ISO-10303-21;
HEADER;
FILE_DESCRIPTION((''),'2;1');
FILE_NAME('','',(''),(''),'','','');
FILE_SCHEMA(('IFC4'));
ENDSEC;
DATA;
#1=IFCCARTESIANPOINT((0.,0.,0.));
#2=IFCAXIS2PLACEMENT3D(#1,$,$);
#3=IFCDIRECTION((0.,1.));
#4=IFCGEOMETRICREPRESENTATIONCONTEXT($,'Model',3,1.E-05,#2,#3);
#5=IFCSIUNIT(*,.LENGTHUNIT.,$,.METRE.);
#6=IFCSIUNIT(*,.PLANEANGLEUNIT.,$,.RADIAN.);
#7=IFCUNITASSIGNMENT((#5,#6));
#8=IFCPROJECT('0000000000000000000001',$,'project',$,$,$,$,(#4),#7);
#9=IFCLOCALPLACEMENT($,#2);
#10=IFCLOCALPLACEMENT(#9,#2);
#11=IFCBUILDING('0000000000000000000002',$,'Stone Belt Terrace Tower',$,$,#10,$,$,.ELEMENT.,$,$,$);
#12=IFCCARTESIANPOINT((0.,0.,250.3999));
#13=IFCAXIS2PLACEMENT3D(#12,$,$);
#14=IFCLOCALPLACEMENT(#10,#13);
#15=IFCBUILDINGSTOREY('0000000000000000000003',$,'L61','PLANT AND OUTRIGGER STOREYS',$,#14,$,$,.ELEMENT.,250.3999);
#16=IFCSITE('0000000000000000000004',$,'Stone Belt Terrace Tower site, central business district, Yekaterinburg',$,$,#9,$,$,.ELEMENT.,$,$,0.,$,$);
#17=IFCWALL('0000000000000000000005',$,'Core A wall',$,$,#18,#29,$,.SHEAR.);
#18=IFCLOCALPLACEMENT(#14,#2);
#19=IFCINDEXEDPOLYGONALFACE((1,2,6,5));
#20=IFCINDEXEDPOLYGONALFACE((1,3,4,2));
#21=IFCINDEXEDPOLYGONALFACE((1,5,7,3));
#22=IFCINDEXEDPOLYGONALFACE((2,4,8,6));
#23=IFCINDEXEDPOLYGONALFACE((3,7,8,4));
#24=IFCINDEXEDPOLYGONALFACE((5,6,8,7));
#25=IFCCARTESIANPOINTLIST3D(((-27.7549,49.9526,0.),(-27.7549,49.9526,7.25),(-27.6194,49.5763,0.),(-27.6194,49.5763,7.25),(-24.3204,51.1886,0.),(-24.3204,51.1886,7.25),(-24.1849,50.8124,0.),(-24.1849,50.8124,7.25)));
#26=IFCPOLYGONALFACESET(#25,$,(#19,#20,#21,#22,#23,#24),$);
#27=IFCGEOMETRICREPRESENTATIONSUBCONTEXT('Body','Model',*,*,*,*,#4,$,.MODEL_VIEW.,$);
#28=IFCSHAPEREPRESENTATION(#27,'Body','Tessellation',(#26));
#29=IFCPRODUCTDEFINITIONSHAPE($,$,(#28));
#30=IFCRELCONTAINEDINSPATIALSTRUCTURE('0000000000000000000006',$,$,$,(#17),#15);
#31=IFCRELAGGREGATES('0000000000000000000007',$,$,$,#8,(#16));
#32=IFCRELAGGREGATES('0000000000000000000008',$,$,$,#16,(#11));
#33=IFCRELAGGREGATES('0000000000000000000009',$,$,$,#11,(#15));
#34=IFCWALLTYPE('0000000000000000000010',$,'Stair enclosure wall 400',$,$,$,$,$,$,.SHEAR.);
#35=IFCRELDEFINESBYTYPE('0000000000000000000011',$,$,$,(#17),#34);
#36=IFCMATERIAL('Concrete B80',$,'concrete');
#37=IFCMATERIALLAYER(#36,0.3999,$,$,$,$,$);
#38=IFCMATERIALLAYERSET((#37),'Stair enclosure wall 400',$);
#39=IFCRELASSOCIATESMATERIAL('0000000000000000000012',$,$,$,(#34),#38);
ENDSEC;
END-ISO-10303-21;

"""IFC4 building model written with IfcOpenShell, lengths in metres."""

from ifc_helpers import new_model, si_unit, direction, frame, frame_2d, origin, place, context, subcontext, project, spatial, rectangle, extrude, material, layer, layer_set, type_object, element, save


model = new_model("IFC4")

# Units and contexts
model_context = context("Model", 3, precision=1e-05, world=origin(), true_north=direction((0.0, 1.0)))
body_context = subcontext(model_context, "Body", "Model", "MODEL_VIEW")
ifc_project = project(units=[si_unit("LENGTHUNIT", "METRE"), si_unit("PLANEANGLEUNIT", "RADIAN")], contexts=[model_context])

# Site, building, storey
site_placement = place(None, origin())
site = spatial("IfcSite", under=ifc_project, at=site_placement, Name="Stone Belt Terrace Tower site, central business district, Yekaterinburg", CompositionType="ELEMENT", RefElevation=0.0)
building_placement = place(site_placement, origin())
building = spatial("IfcBuilding", under=site, at=building_placement, Name="Stone Belt Terrace Tower", CompositionType="ELEMENT")
storey_placement = place(building_placement, frame((0.0, 0.0, 250.3999)))
storey = spatial("IfcBuildingStorey", under=building, at=storey_placement, Name="L61", Description="PLANT AND OUTRIGGER STOREYS", CompositionType="ELEMENT", Elevation=250.3999)

# Shared definitions
ifc_material_1 = material(Name="Concrete B80", Category="concrete")

# Wall
ifc_layer_1 = layer(ifc_material_1, 0.3999)
ifc_layer_set_1 = layer_set([ifc_layer_1], Name="Stair enclosure wall 400")
wall_type_1 = type_object("IfcWallType", Name="Stair enclosure wall 400", PredefinedType="SHEAR", material=ifc_layer_set_1)
wall_1_placement = place(storey_placement, frame((-27.6873, 49.7644, 0.0), z_axis=(0.0, 0.0, 1.0), x_axis=(0.940919, 0.338632, 0.0)))
element("IfcWall", 1, at=wall_1_placement, inside=storey, type_object=wall_type_1, Name="Core A wall", PredefinedType="SHEAR", context=body_context, shape_type="SweptSolid", body=[
    extrude(rectangle(XDim=3.6501, YDim=0.3999, at=frame_2d((1.8252, 0.0))), origin(), (0.0, 0.0, 1.0), 7.25),
])

save(model, "model.ifc")
